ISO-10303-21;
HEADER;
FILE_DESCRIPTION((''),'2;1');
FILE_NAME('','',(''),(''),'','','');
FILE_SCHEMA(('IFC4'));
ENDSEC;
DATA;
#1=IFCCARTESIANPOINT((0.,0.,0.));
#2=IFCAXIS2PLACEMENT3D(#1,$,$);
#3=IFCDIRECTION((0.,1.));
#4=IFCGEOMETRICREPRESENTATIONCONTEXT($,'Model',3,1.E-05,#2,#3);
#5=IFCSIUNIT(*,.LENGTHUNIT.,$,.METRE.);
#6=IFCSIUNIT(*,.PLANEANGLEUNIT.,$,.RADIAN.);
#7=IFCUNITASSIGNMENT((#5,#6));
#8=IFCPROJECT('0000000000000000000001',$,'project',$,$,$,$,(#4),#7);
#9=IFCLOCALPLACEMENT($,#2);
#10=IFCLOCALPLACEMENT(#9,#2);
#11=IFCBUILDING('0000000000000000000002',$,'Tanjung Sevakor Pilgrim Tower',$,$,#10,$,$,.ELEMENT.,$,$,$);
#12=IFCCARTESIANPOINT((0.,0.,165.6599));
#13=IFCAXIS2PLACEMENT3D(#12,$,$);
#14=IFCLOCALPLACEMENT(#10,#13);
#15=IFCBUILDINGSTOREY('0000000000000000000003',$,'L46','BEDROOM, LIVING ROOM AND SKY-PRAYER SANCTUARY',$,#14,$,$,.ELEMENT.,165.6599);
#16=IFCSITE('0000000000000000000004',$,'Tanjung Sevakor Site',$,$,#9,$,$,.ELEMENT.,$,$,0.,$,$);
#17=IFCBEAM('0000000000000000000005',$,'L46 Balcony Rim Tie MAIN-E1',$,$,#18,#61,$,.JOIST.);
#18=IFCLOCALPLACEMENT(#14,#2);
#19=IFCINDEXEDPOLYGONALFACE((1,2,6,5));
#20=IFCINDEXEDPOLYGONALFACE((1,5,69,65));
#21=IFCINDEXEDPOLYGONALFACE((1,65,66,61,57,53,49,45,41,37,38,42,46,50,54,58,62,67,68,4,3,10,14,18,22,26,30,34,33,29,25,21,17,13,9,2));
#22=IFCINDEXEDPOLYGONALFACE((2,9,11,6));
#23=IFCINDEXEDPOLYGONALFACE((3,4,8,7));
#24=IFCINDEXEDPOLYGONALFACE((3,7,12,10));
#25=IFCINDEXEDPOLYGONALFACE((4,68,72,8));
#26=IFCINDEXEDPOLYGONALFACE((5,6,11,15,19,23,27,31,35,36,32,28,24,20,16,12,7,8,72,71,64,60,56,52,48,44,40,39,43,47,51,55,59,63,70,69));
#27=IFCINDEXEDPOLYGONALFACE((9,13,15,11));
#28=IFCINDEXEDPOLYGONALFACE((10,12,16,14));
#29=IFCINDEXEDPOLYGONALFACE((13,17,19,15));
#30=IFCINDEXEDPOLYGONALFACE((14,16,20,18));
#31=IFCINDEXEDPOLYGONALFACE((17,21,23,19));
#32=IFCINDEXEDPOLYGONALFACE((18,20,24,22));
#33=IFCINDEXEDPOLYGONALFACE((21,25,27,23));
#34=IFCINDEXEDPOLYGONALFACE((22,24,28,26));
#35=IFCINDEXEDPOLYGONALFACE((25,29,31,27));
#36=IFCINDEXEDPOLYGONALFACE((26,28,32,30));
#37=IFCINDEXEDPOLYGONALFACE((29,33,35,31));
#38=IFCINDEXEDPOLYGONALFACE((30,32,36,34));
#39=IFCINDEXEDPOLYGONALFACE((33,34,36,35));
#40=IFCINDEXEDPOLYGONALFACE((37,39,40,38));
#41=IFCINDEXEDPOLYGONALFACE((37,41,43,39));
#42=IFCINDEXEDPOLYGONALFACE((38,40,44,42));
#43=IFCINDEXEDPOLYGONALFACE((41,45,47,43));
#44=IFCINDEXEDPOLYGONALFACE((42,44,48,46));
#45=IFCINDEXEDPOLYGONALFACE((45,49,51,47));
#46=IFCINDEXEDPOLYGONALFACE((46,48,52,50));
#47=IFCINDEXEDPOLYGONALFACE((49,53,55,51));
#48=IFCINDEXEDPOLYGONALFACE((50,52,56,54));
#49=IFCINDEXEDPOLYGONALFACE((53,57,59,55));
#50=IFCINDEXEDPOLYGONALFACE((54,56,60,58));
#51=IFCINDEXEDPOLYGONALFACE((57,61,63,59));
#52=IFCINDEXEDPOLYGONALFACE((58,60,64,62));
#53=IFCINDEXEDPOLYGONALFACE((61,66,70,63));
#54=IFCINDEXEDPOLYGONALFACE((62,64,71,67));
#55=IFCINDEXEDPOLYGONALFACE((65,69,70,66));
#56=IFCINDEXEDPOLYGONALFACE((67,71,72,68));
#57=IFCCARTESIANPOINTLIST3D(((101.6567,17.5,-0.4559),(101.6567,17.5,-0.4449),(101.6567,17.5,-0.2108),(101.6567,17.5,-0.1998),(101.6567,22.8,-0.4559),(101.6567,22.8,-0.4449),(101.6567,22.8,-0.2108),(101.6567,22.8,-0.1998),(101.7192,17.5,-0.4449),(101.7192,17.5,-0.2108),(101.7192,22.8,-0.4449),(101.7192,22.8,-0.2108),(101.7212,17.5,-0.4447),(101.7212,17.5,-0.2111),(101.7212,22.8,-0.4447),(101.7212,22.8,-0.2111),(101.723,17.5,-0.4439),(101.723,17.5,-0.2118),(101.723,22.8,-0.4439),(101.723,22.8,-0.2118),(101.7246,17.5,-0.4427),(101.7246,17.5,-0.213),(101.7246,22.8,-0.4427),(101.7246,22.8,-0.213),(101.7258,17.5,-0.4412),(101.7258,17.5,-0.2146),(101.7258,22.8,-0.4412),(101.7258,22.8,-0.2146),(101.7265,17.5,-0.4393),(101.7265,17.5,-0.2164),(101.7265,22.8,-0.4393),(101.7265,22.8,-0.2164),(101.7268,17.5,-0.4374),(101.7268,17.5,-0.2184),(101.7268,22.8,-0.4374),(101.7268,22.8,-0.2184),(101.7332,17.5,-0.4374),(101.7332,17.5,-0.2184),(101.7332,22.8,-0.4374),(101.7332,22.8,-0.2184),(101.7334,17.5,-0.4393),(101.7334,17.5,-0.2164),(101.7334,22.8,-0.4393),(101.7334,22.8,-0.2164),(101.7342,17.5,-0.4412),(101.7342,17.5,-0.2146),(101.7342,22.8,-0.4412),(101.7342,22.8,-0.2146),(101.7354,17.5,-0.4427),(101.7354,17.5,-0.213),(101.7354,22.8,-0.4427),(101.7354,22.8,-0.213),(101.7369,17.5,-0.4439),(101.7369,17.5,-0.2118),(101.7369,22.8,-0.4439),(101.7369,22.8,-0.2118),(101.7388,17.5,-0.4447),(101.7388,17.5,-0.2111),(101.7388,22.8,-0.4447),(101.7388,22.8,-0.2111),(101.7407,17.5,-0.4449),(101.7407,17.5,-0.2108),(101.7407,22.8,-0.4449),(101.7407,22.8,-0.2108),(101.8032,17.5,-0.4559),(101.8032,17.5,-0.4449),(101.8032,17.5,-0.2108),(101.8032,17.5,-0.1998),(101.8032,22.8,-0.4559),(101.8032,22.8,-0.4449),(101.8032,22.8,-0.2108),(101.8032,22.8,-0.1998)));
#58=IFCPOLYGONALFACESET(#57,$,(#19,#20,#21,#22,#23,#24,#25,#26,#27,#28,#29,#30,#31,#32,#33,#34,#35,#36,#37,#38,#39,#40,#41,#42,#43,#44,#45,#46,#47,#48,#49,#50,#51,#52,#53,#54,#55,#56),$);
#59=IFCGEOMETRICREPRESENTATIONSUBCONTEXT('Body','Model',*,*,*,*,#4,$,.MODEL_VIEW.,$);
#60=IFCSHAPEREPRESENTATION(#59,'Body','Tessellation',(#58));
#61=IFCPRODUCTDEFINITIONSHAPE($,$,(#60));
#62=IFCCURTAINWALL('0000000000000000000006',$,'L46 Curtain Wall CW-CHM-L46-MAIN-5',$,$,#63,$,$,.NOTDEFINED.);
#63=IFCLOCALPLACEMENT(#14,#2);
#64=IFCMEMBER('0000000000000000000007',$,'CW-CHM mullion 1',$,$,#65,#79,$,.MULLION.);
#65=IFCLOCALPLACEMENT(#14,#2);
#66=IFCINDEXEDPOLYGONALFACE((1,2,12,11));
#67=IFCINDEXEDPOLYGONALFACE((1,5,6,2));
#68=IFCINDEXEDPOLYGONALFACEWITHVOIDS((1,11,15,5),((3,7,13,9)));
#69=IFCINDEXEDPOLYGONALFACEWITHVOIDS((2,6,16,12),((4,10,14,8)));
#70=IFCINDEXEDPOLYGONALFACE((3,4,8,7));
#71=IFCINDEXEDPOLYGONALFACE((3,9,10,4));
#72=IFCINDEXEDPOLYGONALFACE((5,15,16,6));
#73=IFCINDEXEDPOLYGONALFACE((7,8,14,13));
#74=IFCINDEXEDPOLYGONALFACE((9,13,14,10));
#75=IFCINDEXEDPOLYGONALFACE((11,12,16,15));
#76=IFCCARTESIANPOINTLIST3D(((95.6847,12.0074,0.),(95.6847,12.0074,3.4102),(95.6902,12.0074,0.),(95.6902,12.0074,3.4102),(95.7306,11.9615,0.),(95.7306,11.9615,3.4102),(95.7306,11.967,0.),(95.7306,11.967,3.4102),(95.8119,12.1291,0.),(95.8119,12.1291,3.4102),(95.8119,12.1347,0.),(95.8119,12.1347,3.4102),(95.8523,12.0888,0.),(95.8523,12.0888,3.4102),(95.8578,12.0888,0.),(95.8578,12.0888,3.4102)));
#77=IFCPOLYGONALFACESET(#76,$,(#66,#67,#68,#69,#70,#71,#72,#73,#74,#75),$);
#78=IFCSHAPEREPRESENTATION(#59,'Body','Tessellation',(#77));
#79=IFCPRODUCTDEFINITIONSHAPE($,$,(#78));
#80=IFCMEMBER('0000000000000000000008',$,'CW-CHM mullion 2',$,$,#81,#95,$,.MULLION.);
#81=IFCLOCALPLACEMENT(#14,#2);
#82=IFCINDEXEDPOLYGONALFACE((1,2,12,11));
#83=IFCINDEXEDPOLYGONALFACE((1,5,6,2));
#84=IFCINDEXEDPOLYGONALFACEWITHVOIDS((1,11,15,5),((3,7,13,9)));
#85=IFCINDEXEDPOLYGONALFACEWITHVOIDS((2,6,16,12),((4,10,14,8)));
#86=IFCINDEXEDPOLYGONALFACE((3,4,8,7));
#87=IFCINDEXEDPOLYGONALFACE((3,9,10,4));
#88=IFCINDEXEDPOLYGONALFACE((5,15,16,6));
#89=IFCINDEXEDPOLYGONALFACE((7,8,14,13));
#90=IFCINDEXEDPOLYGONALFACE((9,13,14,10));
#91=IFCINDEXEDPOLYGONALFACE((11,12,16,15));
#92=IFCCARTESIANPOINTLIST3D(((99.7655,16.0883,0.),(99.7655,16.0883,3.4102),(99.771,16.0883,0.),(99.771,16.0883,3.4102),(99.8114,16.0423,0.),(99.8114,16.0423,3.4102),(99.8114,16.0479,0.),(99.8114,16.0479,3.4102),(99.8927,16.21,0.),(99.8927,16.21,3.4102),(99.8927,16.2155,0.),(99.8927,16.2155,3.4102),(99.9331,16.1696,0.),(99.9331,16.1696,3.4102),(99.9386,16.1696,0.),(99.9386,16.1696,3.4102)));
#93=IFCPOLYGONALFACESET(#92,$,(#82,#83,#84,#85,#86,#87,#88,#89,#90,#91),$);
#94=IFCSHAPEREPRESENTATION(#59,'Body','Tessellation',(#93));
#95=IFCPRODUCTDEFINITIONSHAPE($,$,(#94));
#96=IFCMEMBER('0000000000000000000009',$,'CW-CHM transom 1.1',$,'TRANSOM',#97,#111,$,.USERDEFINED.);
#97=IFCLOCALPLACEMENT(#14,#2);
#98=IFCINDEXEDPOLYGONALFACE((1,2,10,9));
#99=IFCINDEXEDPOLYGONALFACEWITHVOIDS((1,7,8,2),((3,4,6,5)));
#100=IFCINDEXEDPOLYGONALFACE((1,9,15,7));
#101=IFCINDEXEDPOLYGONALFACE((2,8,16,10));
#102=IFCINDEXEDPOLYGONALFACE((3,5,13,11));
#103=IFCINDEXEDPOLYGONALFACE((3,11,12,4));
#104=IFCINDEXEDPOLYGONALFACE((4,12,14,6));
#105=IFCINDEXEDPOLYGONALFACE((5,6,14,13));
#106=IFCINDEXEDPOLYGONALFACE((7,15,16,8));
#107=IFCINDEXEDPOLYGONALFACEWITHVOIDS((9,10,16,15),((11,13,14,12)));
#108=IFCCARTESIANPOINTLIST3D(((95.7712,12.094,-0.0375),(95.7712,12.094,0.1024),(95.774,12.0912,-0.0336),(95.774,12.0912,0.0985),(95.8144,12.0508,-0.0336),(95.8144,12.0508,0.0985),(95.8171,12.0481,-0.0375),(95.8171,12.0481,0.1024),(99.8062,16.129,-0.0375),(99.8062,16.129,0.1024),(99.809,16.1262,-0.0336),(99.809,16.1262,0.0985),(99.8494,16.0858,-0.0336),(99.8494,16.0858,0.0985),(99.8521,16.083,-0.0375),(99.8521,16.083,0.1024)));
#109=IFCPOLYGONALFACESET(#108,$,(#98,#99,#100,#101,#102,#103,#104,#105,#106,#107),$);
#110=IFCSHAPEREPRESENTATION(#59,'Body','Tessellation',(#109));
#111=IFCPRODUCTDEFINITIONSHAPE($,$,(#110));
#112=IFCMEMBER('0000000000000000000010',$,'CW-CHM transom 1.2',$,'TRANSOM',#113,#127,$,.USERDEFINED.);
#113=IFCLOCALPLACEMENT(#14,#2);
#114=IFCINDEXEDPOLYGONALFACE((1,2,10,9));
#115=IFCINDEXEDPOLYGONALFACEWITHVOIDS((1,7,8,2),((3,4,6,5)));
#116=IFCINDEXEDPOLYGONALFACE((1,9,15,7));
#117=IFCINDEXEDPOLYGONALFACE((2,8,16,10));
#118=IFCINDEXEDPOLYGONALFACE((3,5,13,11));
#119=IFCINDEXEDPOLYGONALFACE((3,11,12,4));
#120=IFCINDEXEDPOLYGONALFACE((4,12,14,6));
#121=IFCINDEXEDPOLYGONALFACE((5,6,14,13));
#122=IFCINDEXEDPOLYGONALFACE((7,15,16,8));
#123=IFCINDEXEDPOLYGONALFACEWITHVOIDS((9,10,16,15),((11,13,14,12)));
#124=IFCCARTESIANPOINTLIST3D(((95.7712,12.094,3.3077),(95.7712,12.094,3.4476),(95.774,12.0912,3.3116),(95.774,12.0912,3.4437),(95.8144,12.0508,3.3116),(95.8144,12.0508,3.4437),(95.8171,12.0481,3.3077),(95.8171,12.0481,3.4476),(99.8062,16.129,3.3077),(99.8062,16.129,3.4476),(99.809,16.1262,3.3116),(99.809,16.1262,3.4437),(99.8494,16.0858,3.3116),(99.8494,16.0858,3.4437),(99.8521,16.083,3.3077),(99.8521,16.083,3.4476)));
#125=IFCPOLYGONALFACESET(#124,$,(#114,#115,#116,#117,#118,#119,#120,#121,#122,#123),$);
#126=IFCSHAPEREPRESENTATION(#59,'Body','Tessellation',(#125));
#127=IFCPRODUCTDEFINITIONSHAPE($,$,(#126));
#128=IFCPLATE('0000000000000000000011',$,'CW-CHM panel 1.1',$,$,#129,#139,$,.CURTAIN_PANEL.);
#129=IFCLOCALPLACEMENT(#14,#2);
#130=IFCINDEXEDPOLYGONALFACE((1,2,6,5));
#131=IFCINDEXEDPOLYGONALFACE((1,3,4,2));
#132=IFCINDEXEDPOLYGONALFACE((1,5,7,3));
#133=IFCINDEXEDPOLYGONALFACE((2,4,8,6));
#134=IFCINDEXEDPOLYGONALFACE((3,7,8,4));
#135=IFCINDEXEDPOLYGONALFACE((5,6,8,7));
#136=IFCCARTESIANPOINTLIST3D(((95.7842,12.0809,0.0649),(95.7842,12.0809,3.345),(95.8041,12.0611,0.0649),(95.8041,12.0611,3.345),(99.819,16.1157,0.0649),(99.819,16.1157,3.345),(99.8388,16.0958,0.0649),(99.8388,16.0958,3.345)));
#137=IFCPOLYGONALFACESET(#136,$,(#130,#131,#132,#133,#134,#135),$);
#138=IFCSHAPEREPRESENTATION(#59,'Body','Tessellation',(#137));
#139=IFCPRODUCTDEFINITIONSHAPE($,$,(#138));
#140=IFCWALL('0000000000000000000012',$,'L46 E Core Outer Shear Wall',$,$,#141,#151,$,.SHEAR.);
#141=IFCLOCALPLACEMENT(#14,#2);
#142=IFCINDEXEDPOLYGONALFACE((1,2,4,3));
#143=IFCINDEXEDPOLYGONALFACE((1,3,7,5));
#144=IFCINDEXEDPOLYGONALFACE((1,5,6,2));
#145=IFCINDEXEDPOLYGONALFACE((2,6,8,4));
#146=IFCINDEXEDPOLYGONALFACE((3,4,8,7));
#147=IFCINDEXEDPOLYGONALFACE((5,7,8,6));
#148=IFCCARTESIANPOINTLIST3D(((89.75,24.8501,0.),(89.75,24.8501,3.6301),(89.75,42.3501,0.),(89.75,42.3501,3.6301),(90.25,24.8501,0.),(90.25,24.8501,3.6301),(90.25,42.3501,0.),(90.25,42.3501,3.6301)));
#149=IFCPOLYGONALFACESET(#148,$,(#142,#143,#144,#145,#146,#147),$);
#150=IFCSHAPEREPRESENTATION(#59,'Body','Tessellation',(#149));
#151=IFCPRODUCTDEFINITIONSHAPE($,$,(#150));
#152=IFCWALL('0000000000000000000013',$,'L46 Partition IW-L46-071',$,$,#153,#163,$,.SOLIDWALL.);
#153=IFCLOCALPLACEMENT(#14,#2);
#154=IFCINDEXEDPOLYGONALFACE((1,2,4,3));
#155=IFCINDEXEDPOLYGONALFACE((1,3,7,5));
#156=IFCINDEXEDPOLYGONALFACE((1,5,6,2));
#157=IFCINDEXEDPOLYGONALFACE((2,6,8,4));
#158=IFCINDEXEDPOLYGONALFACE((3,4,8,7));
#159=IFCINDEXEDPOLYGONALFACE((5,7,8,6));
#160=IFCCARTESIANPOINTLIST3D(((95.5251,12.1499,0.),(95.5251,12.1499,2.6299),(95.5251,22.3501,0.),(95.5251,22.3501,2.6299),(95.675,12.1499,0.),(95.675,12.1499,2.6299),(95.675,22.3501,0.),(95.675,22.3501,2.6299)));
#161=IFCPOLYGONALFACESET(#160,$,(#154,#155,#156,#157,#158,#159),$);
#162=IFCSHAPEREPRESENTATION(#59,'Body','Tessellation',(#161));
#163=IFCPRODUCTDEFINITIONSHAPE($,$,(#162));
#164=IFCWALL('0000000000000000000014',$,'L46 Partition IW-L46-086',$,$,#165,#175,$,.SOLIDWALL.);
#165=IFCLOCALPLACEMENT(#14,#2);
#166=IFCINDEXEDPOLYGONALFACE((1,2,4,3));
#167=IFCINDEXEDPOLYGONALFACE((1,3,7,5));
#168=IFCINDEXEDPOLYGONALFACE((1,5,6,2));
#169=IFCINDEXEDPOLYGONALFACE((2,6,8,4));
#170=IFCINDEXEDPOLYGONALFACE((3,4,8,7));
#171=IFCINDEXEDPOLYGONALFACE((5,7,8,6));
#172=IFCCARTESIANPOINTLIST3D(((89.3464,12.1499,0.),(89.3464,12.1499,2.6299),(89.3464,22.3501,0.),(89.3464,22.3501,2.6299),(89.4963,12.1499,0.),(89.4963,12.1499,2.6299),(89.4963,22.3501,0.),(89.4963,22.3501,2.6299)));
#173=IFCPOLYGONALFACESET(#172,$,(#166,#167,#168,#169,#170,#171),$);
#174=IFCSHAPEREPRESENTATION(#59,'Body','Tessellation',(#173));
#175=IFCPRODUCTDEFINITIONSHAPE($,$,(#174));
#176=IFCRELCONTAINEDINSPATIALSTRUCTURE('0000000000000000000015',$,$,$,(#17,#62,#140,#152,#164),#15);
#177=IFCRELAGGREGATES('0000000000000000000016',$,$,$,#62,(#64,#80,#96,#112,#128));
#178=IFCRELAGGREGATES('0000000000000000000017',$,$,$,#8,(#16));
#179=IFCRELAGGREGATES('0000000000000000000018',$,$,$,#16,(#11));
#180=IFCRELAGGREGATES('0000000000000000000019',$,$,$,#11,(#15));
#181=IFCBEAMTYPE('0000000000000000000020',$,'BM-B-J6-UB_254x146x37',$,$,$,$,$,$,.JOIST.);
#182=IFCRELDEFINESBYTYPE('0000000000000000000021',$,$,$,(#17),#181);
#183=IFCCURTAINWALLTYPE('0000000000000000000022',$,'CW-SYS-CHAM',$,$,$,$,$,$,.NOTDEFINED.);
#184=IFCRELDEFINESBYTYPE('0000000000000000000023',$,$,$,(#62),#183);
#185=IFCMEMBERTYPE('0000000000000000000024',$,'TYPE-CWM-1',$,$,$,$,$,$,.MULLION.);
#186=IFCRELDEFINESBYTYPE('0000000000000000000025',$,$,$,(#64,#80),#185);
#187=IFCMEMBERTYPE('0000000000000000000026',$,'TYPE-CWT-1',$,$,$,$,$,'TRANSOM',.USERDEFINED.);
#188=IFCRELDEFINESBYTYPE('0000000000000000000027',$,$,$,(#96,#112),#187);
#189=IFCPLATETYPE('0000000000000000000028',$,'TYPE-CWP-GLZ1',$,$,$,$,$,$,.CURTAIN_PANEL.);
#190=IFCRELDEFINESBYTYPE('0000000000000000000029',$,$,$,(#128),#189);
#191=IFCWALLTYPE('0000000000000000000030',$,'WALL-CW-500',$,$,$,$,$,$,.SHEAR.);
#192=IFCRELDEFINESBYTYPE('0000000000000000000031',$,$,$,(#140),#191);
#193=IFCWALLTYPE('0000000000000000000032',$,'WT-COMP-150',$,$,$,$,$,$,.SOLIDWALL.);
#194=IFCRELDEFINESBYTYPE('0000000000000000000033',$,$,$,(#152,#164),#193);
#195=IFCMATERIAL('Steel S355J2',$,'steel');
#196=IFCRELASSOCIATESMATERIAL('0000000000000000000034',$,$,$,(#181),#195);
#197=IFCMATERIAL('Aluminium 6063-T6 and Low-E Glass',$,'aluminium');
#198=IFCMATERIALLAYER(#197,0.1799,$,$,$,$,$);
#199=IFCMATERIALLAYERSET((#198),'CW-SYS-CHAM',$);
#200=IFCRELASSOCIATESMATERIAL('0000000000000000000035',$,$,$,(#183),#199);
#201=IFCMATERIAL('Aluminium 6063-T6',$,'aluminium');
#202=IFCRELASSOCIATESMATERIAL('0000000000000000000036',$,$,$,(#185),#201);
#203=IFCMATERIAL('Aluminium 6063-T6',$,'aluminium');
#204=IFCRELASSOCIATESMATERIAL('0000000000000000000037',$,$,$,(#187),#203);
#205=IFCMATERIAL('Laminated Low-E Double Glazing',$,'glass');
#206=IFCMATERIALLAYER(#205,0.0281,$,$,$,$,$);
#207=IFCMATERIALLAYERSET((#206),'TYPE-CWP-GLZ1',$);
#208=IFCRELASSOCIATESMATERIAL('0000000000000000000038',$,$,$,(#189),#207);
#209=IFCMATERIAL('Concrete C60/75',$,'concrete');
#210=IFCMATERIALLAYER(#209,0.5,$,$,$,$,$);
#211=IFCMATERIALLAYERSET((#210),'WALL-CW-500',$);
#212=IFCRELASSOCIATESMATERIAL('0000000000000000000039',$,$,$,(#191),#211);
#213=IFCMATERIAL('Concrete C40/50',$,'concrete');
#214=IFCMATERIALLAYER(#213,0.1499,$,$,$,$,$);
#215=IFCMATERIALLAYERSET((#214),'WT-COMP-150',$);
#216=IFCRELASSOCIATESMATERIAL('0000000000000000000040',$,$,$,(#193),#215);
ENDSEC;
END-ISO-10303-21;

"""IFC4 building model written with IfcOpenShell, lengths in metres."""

from ifc_helpers import new_model, si_unit, direction, frame, frame_2d, origin, origin_2d, place, context, subcontext, project, spatial, rectangle, hollow_rectangle, i_section, extrude, material, layer, layer_set, material_profile, profile_set, type_object, element, aggregate, save


model = new_model("IFC4")

# Units and contexts
model_context = context("Model", 3, precision=1e-05, world=origin(), true_north=direction((0.0, 1.0)))
body_context = subcontext(model_context, "Body", "Model", "MODEL_VIEW")
ifc_project = project(units=[si_unit("LENGTHUNIT", "METRE"), si_unit("PLANEANGLEUNIT", "RADIAN")], contexts=[model_context])

# Site, building, storey
site_placement = place(None, origin())
site = spatial("IfcSite", under=ifc_project, at=site_placement, Name="Tanjung Sevakor Site", CompositionType="ELEMENT", RefElevation=0.0)
building_placement = place(site_placement, origin())
building = spatial("IfcBuilding", under=site, at=building_placement, Name="Tanjung Sevakor Pilgrim Tower", CompositionType="ELEMENT")
storey_placement = place(building_placement, frame((0.0, 0.0, 165.6599)))
storey = spatial("IfcBuildingStorey", under=building, at=storey_placement, Name="L46", Description="BEDROOM, LIVING ROOM AND SKY-PRAYER SANCTUARY", CompositionType="ELEMENT", Elevation=165.6599)

# Beam
ifc_material_1 = material(Name="Steel S355J2", Category="steel")
ifc_material_profile_1 = material_profile(ifc_material_1, i_section(OverallWidth=0.1465, OverallDepth=0.2561, WebThickness=0.0063, FlangeThickness=0.011, FilletRadius=0.0076, at=origin_2d()))
ifc_profile_set_1 = profile_set([ifc_material_profile_1], Name="Steel S355J2")
beam_type_1 = type_object("IfcBeamType", Name="BM-B-J6-UB_254x146x37", PredefinedType="JOIST", material=ifc_profile_set_1)
beam_1_placement = place(storey_placement, frame((101.73, 17.5, -0.3279), z_axis=(0.0, 1.0, 0.0), x_axis=(-1.0, 0.0, 0.0)))
element("IfcBeam", 1, at=beam_1_placement, inside=storey, type_object=beam_type_1, Name="L46 Balcony Rim Tie MAIN-E1", PredefinedType="JOIST", context=body_context, shape_type="SweptSolid", body=[
    extrude(i_section(OverallWidth=0.1465, OverallDepth=0.2561, WebThickness=0.0063, FlangeThickness=0.011, FilletRadius=0.0076, at=origin_2d()), origin(), (0.0, 0.0, 1.0), 5.3),
])

# Curtain wall, members, plate
ifc_material_2 = material(Name="Aluminium 6063-T6 and Low-E Glass", Category="aluminium")
ifc_layer_1 = layer(ifc_material_2, 0.1799)
ifc_layer_set_1 = layer_set([ifc_layer_1], Name="CW-SYS-CHAM")
curtain_wall_type = type_object("IfcCurtainWallType", Name="CW-SYS-CHAM", PredefinedType="NOTDEFINED", material=ifc_layer_set_1)
curtain_wall_placement = place(storey_placement, origin())
curtain_wall = element("IfcCurtainWall", 2, at=curtain_wall_placement, inside=storey, type_object=curtain_wall_type, Name="L46 Curtain Wall CW-CHM-L46-MAIN-5", PredefinedType="NOTDEFINED")
ifc_material_3 = material(Name="Aluminium 6063-T6", Category="aluminium")
ifc_material_profile_2 = material_profile(ifc_material_3, hollow_rectangle(XDim=0.0649, YDim=0.1799, WallThickness=0.0039, at=origin_2d()))
ifc_profile_set_2 = profile_set([ifc_material_profile_2], Name="Aluminium 6063-T6")
member_type_1 = type_object("IfcMemberType", Name="TYPE-CWM-1", PredefinedType="MULLION", material=ifc_profile_set_2)
member_1_placement = place(storey_placement, frame((95.7712, 12.0481, 0.0), z_axis=(0.0, 0.0, 1.0), x_axis=(-0.707107, 0.707107, 0.0)))
member_1 = element("IfcMember", 3, at=member_1_placement, type_object=member_type_1, Name="CW-CHM mullion 1", PredefinedType="MULLION", context=body_context, shape_type="SweptSolid", body=[
    extrude(hollow_rectangle(XDim=0.0649, YDim=0.1799, WallThickness=0.0039, at=origin_2d()), origin(), (0.0, 0.0, 1.0), 3.4102),
])
member_2_placement = place(storey_placement, frame((99.8521, 16.1289, 0.0), z_axis=(0.0, 0.0, 1.0), x_axis=(-0.707107, 0.707107, 0.0)))
member_2 = element("IfcMember", 4, at=member_2_placement, type_object=member_type_1, Name="CW-CHM mullion 2", PredefinedType="MULLION", context=body_context, shape_type="SweptSolid", body=[
    extrude(hollow_rectangle(XDim=0.0649, YDim=0.1799, WallThickness=0.0039, at=origin_2d()), origin(), (0.0, 0.0, 1.0), 3.4102),
])
ifc_material_4 = material(Name="Aluminium 6063-T6", Category="aluminium")
ifc_material_profile_3 = material_profile(ifc_material_4, hollow_rectangle(XDim=0.0649, YDim=0.1399, WallThickness=0.0039, at=origin_2d()))
ifc_profile_set_3 = profile_set([ifc_material_profile_3], Name="Aluminium 6063-T6")
member_type_2 = type_object("IfcMemberType", Name="TYPE-CWT-1", ElementType="TRANSOM", PredefinedType="USERDEFINED", material=ifc_profile_set_3)
member_3_placement = place(storey_placement, frame((95.7942, 12.071, 0.0325), z_axis=(0.707107, 0.707107, 0.0), x_axis=(-0.707107, 0.707107, 0.0)))
member_3 = element("IfcMember", 5, at=member_3_placement, type_object=member_type_2, Name="CW-CHM transom 1.1", ObjectType="TRANSOM", PredefinedType="USERDEFINED", context=body_context, shape_type="SweptSolid", body=[
    extrude(hollow_rectangle(XDim=0.0649, YDim=0.1399, WallThickness=0.0039, at=origin_2d()), origin(), (0.0, 0.0, 1.0), 5.7063),
])
member_4_placement = place(storey_placement, frame((95.7942, 12.071, 3.3777), z_axis=(0.707107, 0.707107, 0.0), x_axis=(-0.707107, 0.707107, 0.0)))
member_4 = element("IfcMember", 6, at=member_4_placement, type_object=member_type_2, Name="CW-CHM transom 1.2", ObjectType="TRANSOM", PredefinedType="USERDEFINED", context=body_context, shape_type="SweptSolid", body=[
    extrude(hollow_rectangle(XDim=0.0649, YDim=0.1399, WallThickness=0.0039, at=origin_2d()), origin(), (0.0, 0.0, 1.0), 5.7063),
])
ifc_material_5 = material(Name="Laminated Low-E Double Glazing", Category="glass")
ifc_layer_2 = layer(ifc_material_5, 0.0281)
ifc_layer_set_2 = layer_set([ifc_layer_2], Name="TYPE-CWP-GLZ1")
plate_type = type_object("IfcPlateType", Name="TYPE-CWP-GLZ1", PredefinedType="CURTAIN_PANEL", material=ifc_layer_set_2)
plate_placement = place(storey_placement, frame((97.8115, 14.0884, 0.0649), z_axis=(0.0, 0.0, 1.0), x_axis=(0.707107, 0.707107, 0.0)))
plate = element("IfcPlate", 7, at=plate_placement, type_object=plate_type, Name="CW-CHM panel 1.1", PredefinedType="CURTAIN_PANEL", context=body_context, shape_type="SweptSolid", body=[
    extrude(rectangle(XDim=5.7061, YDim=0.0281, at=origin_2d()), origin(), (0.0, 0.0, 1.0), 3.28),
])
aggregate(curtain_wall, [member_1, member_2, member_3, member_4, plate])

# Walls
ifc_material_6 = material(Name="Concrete C60/75", Category="concrete")
ifc_layer_3 = layer(ifc_material_6, 0.5)
ifc_layer_set_3 = layer_set([ifc_layer_3], Name="WALL-CW-500")
wall_type_1 = type_object("IfcWallType", Name="WALL-CW-500", PredefinedType="SHEAR", material=ifc_layer_set_3)
wall_1_placement = place(storey_placement, frame((90.0, 24.8501, 0.0), z_axis=(0.0, 0.0, 1.0), x_axis=(0.0, 1.0, 0.0)))
element("IfcWall", 8, at=wall_1_placement, inside=storey, type_object=wall_type_1, Name="L46 E Core Outer Shear Wall", PredefinedType="SHEAR", context=body_context, shape_type="SweptSolid", body=[
    extrude(rectangle(XDim=17.5, YDim=0.5, at=frame_2d((8.75, 0.0))), origin(), (0.0, 0.0, 1.0), 3.6301),
])
ifc_material_7 = material(Name="Concrete C40/50", Category="concrete")
ifc_layer_4 = layer(ifc_material_7, 0.1499)
ifc_layer_set_4 = layer_set([ifc_layer_4], Name="WT-COMP-150")
wall_type_2 = type_object("IfcWallType", Name="WT-COMP-150", PredefinedType="SOLIDWALL", material=ifc_layer_set_4)
for number, where, z_axis, x_axis, name in (
    (9, (95.6001, 12.1499, 0.0), (0.0, 0.0, 1.0), (0.0, 1.0, 0.0), "L46 Partition IW-L46-071"),
    (10, (89.4214, 12.1499, 0.0), (0.0, 0.0, 1.0), (0.0, 1.0, 0.0), "L46 Partition IW-L46-086"),
):
    element("IfcWall", number, at=place(storey_placement, frame(where, z_axis=z_axis, x_axis=x_axis)), inside=storey, type_object=wall_type_2, Name=name, PredefinedType="SOLIDWALL", context=body_context, shape_type="SweptSolid", body=[
        extrude(rectangle(XDim=10.2002, YDim=0.1499, at=frame_2d((5.1001, 0.0))), origin(), (0.0, 0.0, 1.0), 2.6299),
    ])

save(model, "model.ifc")
